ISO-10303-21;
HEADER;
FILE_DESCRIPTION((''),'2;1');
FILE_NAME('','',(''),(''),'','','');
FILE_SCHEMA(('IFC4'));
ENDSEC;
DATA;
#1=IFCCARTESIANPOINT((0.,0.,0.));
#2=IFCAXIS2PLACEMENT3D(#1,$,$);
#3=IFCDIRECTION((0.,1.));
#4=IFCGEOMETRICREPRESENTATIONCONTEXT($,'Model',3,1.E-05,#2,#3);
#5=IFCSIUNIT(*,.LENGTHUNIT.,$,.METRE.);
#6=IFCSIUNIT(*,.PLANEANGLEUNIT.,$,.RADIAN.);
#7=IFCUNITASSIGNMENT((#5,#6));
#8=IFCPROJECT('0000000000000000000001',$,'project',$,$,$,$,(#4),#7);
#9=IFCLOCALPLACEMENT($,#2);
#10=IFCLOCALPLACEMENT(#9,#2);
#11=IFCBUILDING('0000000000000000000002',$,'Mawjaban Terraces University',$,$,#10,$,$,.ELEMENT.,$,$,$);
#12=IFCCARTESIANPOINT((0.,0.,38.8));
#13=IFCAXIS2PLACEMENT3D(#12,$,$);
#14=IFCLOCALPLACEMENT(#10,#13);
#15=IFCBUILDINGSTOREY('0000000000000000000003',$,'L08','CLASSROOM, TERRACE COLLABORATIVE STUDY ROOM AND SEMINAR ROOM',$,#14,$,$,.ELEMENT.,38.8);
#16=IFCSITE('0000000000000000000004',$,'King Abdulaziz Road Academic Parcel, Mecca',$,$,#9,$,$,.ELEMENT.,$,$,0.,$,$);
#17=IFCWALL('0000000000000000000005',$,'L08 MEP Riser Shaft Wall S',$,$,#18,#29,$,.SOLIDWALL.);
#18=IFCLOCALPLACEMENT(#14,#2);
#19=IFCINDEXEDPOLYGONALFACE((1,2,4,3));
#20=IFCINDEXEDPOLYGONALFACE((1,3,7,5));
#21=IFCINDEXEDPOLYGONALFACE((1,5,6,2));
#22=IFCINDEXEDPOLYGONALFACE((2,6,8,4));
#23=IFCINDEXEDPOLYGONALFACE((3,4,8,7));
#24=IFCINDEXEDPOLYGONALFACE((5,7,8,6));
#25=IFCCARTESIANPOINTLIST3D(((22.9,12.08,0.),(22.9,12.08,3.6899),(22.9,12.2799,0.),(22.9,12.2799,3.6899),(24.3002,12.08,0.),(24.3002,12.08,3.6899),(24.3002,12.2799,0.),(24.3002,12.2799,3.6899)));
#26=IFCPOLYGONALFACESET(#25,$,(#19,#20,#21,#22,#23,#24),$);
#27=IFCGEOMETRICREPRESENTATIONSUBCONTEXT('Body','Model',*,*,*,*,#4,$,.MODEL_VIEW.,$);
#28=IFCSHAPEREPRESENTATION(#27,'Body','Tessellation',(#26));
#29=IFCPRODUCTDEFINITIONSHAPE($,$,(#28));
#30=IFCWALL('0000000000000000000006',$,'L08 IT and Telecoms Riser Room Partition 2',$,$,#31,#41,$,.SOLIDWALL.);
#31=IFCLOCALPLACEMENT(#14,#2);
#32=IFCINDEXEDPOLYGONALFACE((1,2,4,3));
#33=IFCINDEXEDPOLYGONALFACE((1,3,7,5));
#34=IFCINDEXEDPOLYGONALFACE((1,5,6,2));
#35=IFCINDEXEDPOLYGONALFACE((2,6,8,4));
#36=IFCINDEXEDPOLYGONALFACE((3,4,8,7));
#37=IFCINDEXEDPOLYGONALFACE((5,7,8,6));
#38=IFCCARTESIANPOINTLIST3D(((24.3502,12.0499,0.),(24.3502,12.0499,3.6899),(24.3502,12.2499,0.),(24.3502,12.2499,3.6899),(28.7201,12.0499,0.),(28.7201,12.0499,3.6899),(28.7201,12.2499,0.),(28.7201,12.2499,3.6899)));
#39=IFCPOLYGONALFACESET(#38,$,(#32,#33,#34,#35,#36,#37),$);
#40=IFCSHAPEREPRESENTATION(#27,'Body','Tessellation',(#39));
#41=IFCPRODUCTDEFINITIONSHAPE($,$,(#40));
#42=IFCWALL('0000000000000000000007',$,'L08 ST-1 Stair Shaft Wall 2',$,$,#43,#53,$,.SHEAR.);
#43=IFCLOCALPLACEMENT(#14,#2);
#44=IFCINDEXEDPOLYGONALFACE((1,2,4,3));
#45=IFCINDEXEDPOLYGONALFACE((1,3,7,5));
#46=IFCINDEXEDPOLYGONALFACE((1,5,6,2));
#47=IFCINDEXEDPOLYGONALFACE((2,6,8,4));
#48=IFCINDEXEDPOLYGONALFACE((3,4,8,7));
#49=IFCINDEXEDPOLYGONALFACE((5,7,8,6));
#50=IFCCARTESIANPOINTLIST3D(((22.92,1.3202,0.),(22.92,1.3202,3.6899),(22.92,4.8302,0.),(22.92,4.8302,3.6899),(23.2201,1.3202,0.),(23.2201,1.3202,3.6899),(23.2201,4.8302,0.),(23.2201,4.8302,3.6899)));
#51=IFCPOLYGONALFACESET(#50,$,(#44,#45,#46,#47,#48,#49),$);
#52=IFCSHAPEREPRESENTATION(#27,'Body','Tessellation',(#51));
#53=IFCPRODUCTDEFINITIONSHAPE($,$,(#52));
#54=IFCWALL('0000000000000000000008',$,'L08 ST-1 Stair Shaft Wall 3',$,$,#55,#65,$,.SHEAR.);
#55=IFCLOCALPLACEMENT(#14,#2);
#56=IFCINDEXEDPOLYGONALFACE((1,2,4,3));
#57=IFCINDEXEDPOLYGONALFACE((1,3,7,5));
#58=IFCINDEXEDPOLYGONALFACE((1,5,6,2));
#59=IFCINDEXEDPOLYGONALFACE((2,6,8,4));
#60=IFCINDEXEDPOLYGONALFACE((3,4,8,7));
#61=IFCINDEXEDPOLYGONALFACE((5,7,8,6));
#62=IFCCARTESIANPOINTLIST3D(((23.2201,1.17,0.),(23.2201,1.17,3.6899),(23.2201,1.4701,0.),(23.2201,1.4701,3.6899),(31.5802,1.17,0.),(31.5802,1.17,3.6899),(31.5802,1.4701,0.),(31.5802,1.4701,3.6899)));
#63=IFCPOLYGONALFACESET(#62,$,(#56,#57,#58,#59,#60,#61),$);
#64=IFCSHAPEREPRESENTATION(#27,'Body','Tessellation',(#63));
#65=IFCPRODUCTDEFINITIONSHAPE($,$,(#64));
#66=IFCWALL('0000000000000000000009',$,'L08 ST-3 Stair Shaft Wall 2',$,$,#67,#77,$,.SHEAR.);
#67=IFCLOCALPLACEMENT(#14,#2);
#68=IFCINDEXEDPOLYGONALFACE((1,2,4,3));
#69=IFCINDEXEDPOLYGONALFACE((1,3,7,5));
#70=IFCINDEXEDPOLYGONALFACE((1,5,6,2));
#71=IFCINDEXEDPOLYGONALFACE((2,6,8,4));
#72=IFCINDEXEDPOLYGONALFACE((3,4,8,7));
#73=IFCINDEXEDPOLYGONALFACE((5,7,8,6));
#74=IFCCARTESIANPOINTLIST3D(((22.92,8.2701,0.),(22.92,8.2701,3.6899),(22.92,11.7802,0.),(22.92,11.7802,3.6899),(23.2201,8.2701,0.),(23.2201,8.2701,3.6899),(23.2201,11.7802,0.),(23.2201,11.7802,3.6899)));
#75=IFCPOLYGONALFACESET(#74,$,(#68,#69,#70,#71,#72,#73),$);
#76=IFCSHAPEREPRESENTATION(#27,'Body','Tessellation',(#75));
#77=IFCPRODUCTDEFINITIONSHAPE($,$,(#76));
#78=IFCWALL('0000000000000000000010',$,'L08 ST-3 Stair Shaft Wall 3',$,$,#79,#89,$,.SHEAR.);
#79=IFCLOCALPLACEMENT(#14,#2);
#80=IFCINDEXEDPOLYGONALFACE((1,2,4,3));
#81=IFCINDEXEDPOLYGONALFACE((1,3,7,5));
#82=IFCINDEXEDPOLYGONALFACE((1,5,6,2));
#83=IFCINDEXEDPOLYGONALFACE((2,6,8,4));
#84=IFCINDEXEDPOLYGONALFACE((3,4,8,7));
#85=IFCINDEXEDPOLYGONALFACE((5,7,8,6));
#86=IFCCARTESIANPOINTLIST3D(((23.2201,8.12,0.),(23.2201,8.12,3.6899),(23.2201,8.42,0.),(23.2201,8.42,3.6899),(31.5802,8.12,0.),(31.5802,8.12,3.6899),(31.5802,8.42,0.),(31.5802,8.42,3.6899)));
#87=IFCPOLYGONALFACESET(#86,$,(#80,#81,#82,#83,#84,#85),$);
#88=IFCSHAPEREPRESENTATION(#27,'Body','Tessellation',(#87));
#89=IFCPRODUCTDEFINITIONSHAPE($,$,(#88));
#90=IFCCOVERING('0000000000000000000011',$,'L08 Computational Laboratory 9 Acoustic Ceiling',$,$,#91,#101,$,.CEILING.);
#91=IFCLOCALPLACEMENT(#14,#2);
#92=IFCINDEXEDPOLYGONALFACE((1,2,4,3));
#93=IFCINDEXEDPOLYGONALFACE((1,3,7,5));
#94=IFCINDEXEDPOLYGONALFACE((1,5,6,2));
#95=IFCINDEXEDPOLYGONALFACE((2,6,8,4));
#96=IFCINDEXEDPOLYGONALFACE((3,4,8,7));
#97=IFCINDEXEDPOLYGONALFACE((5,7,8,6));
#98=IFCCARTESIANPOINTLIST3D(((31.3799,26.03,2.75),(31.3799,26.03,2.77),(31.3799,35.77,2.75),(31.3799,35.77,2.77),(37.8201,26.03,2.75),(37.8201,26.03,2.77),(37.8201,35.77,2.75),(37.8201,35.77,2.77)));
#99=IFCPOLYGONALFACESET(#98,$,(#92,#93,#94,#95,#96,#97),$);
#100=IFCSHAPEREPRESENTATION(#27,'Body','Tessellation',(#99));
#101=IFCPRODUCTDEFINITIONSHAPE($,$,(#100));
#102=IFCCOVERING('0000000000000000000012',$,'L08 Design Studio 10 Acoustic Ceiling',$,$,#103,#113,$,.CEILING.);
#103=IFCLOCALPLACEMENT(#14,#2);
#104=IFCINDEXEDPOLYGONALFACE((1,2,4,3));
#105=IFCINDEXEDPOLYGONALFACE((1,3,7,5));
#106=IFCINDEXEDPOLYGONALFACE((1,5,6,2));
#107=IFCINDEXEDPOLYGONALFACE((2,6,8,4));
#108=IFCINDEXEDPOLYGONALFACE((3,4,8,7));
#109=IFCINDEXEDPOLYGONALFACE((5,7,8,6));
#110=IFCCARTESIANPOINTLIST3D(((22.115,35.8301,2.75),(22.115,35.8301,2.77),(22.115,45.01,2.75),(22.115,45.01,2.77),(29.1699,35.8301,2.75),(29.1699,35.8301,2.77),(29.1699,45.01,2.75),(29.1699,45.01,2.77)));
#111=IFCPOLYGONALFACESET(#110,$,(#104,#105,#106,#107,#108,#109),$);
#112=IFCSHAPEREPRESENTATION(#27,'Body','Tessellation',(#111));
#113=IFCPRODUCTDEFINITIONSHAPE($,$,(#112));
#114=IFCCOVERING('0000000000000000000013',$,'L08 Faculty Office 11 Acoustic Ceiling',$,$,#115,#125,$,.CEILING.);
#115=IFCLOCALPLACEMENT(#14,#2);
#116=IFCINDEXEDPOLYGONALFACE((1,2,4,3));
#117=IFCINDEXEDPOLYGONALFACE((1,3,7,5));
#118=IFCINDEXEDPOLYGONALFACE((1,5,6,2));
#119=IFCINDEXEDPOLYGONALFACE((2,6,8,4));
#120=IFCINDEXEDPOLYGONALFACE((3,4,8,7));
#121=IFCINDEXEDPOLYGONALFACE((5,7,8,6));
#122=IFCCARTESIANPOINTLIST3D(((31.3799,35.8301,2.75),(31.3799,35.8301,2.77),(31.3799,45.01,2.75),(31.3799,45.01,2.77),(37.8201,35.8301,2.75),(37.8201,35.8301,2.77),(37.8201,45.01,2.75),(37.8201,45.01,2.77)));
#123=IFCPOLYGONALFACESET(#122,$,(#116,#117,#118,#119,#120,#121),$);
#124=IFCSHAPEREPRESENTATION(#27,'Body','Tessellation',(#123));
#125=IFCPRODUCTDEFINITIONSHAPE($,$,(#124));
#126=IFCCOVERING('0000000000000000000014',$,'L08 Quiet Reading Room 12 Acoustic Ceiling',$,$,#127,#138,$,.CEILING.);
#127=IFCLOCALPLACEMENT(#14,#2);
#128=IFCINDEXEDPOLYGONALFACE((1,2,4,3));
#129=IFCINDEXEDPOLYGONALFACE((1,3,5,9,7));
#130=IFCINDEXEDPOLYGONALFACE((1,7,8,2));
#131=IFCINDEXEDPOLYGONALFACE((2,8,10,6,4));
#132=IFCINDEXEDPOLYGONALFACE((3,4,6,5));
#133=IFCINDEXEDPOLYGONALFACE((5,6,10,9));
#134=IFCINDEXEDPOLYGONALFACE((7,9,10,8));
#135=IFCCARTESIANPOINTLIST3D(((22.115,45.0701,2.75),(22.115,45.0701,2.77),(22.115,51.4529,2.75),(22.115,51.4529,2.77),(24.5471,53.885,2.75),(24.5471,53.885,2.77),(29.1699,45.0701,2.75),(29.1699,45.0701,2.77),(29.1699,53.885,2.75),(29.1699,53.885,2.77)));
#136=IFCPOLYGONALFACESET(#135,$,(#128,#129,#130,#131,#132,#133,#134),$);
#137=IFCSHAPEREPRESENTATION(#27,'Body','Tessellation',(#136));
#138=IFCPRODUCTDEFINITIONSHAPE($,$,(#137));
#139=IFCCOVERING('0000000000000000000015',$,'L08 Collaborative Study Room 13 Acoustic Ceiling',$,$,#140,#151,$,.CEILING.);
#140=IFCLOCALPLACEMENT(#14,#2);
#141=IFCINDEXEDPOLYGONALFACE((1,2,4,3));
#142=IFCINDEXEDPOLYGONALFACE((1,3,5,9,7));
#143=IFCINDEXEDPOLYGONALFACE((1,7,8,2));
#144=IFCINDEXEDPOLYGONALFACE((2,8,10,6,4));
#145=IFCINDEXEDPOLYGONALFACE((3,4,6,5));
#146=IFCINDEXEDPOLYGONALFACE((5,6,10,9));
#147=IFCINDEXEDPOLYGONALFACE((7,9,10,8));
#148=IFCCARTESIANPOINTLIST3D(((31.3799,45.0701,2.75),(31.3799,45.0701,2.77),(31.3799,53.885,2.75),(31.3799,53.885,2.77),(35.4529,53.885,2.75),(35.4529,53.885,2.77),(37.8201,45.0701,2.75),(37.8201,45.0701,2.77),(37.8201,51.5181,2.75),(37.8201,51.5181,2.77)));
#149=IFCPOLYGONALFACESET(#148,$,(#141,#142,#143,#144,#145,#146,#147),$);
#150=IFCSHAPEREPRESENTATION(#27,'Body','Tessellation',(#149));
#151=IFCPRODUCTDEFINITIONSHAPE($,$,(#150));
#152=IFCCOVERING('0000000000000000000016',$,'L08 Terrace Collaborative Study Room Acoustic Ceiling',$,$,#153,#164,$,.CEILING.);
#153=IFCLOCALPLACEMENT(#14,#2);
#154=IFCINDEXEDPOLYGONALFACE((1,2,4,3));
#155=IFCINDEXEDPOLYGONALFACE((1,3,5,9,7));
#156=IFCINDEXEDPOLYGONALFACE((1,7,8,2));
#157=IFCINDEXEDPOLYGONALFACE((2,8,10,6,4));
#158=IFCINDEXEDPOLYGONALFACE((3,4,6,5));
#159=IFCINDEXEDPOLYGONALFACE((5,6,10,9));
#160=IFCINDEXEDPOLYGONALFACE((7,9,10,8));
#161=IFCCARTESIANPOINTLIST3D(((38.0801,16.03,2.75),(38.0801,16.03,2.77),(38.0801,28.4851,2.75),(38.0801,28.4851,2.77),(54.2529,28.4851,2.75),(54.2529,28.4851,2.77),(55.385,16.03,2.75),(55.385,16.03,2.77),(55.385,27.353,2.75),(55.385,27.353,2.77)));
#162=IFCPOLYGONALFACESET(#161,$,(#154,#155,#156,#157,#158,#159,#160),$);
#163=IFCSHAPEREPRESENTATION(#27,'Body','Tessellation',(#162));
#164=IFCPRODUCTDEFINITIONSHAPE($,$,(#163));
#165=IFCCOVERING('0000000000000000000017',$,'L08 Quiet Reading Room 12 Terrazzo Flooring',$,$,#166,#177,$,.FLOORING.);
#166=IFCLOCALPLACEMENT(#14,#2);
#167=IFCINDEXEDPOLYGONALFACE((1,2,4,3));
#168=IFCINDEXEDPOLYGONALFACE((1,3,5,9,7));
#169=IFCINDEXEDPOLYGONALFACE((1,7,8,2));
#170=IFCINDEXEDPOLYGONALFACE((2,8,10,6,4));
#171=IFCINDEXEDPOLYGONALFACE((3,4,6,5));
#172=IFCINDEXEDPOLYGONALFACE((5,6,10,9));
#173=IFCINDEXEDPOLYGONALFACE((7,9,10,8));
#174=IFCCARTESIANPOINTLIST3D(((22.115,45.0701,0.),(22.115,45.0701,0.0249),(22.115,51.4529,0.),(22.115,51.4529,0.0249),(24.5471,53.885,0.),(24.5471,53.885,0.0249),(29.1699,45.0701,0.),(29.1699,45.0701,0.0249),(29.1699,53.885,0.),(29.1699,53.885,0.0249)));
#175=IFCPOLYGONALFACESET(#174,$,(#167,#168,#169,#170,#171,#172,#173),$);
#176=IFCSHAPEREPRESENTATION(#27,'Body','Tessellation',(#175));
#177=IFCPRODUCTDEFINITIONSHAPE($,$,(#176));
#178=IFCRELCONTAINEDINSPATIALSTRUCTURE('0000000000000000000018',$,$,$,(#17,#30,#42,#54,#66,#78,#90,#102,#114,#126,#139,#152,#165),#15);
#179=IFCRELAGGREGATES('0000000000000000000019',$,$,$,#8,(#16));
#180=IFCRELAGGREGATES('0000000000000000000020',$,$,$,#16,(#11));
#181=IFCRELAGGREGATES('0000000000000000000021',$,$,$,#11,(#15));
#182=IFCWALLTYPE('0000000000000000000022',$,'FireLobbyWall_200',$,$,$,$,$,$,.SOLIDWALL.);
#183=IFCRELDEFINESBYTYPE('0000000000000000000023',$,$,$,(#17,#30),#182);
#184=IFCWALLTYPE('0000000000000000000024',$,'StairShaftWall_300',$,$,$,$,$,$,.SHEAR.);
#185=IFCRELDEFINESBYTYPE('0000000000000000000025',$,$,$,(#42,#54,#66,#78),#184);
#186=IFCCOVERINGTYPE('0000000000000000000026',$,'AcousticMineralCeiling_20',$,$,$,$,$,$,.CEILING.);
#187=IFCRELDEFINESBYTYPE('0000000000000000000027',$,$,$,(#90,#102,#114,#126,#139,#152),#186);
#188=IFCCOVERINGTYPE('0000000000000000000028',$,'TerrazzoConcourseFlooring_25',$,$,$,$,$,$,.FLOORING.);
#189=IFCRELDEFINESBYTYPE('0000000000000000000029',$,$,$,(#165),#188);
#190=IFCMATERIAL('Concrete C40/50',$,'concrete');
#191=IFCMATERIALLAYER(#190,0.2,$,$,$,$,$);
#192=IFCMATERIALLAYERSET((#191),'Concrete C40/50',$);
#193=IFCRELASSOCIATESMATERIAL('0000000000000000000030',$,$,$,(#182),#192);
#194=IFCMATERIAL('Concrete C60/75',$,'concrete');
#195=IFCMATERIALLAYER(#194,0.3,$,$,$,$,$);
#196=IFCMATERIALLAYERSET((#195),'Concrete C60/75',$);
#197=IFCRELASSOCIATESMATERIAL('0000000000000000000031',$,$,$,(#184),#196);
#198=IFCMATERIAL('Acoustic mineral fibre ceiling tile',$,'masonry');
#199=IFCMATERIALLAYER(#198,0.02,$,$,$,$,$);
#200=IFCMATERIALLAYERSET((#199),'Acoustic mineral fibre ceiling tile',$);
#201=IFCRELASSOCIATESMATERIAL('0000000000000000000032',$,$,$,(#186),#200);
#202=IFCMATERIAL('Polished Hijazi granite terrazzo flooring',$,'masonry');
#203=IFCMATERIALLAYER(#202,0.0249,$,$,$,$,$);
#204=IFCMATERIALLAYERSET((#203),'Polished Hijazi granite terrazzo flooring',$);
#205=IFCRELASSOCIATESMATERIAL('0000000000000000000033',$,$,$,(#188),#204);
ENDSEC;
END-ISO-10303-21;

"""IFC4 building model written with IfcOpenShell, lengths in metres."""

from ifc_helpers import new_model, si_unit, direction, frame, frame_2d, origin, place, context, subcontext, project, spatial, polyline, rectangle, outline, extrude, material, layer, layer_set, type_object, element, save


model = new_model("IFC4")

# Units and contexts
model_context = context("Model", 3, precision=1e-05, world=origin(), true_north=direction((0.0, 1.0)))
body_context = subcontext(model_context, "Body", "Model", "MODEL_VIEW")
ifc_project = project(units=[si_unit("LENGTHUNIT", "METRE"), si_unit("PLANEANGLEUNIT", "RADIAN")], contexts=[model_context])

# Site, building, storey
site_placement = place(None, origin())
site = spatial("IfcSite", under=ifc_project, at=site_placement, Name="King Abdulaziz Road Academic Parcel, Mecca", CompositionType="ELEMENT", RefElevation=0.0)
building_placement = place(site_placement, origin())
building = spatial("IfcBuilding", under=site, at=building_placement, Name="Mawjaban Terraces University", CompositionType="ELEMENT")
storey_placement = place(building_placement, frame((0.0, 0.0, 38.8)))
storey = spatial("IfcBuildingStorey", under=building, at=storey_placement, Name="L08", Description="CLASSROOM, TERRACE COLLABORATIVE STUDY ROOM AND SEMINAR ROOM", CompositionType="ELEMENT", Elevation=38.8)

# Walls
ifc_material_1 = material(Name="Concrete C40/50", Category="concrete")
ifc_layer_1 = layer(ifc_material_1, 0.2)
ifc_layer_set_1 = layer_set([ifc_layer_1], Name="Concrete C40/50")
wall_type_1 = type_object("IfcWallType", Name="FireLobbyWall_200", PredefinedType="SOLIDWALL", material=ifc_layer_set_1)
wall_1_placement = place(storey_placement, frame((22.8999, 12.1799, 0.0), z_axis=(0.0, 0.0, 1.0), x_axis=(1.0, 0.0, 0.0)))
element("IfcWall", 1, at=wall_1_placement, inside=storey, type_object=wall_type_1, Name="L08 MEP Riser Shaft Wall S", PredefinedType="SOLIDWALL", context=body_context, shape_type="SweptSolid", body=[
    extrude(rectangle(XDim=1.4001, YDim=0.2, at=frame_2d((0.7002, 0.0))), origin(), (0.0, 0.0, 1.0), 3.6899),
])
wall_2_placement = place(storey_placement, frame((24.3501, 12.1499, 0.0), z_axis=(0.0, 0.0, 1.0), x_axis=(1.0, 0.0, 0.0)))
element("IfcWall", 2, at=wall_2_placement, inside=storey, type_object=wall_type_1, Name="L08 IT and Telecoms Riser Room Partition 2", PredefinedType="SOLIDWALL", context=body_context, shape_type="SweptSolid", body=[
    extrude(rectangle(XDim=4.3699, YDim=0.2, at=frame_2d((2.1851, 0.0))), origin(), (0.0, 0.0, 1.0), 3.6899),
])
ifc_material_2 = material(Name="Concrete C60/75", Category="concrete")
ifc_layer_2 = layer(ifc_material_2, 0.3)
ifc_layer_set_2 = layer_set([ifc_layer_2], Name="Concrete C60/75")
wall_type_2 = type_object("IfcWallType", Name="StairShaftWall_300", PredefinedType="SHEAR", material=ifc_layer_set_2)
wall_3_placement = place(storey_placement, frame((23.0701, 4.8301, 0.0), z_axis=(0.0, 0.0, 1.0), x_axis=(0.0, -1.0, 0.0)))
element("IfcWall", 3, at=wall_3_placement, inside=storey, type_object=wall_type_2, Name="L08 ST-1 Stair Shaft Wall 2", PredefinedType="SHEAR", context=body_context, shape_type="SweptSolid", body=[
    extrude(rectangle(XDim=3.51, YDim=0.3, at=frame_2d((1.7549, 0.0))), origin(), (0.0, 0.0, 1.0), 3.6899),
])
wall_4_placement = place(storey_placement, frame((23.22, 1.3201, 0.0), z_axis=(0.0, 0.0, 1.0), x_axis=(1.0, 0.0, 0.0)))
element("IfcWall", 4, at=wall_4_placement, inside=storey, type_object=wall_type_2, Name="L08 ST-1 Stair Shaft Wall 3", PredefinedType="SHEAR", context=body_context, shape_type="SweptSolid", body=[
    extrude(rectangle(XDim=8.3601, YDim=0.3, at=frame_2d((4.1802, 0.0))), origin(), (0.0, 0.0, 1.0), 3.6899),
])
wall_5_placement = place(storey_placement, frame((23.0701, 11.78, 0.0), z_axis=(0.0, 0.0, 1.0), x_axis=(0.0, -1.0, 0.0)))
element("IfcWall", 5, at=wall_5_placement, inside=storey, type_object=wall_type_2, Name="L08 ST-3 Stair Shaft Wall 2", PredefinedType="SHEAR", context=body_context, shape_type="SweptSolid", body=[
    extrude(rectangle(XDim=3.51, YDim=0.3, at=frame_2d((1.7549, 0.0))), origin(), (0.0, 0.0, 1.0), 3.6899),
])
wall_6_placement = place(storey_placement, frame((23.22, 8.27, 0.0), z_axis=(0.0, 0.0, 1.0), x_axis=(1.0, 0.0, 0.0)))
element("IfcWall", 6, at=wall_6_placement, inside=storey, type_object=wall_type_2, Name="L08 ST-3 Stair Shaft Wall 3", PredefinedType="SHEAR", context=body_context, shape_type="SweptSolid", body=[
    extrude(rectangle(XDim=8.3601, YDim=0.3, at=frame_2d((4.1802, 0.0))), origin(), (0.0, 0.0, 1.0), 3.6899),
])

# Coverings
ifc_material_3 = material(Name="Acoustic mineral fibre ceiling tile", Category="masonry")
ifc_layer_3 = layer(ifc_material_3, 0.02)
ifc_layer_set_3 = layer_set([ifc_layer_3], Name="Acoustic mineral fibre ceiling tile")
covering_type_1 = type_object("IfcCoveringType", Name="AcousticMineralCeiling_20", PredefinedType="CEILING", material=ifc_layer_set_3)
covering_1_placement = place(storey_placement, frame((0.0, 0.0, 2.75)))
element("IfcCovering", 7, at=covering_1_placement, inside=storey, type_object=covering_type_1, Name="L08 Computational Laboratory 9 Acoustic Ceiling", PredefinedType="CEILING", context=body_context, shape_type="SweptSolid", body=[
    extrude(outline(polyline([(37.8201, 26.03), (37.8201, 35.77), (31.3799, 35.77), (31.3799, 26.03), (37.8201, 26.03)])), origin(), (0.0, 0.0, 1.0), 0.02),
])
covering_2_placement = place(storey_placement, frame((0.0, 0.0, 2.75)))
element("IfcCovering", 8, at=covering_2_placement, inside=storey, type_object=covering_type_1, Name="L08 Design Studio 10 Acoustic Ceiling", PredefinedType="CEILING", context=body_context, shape_type="SweptSolid", body=[
    extrude(outline(polyline([(22.115, 45.01), (22.115, 35.8301), (29.1699, 35.8301), (29.1699, 45.01), (22.115, 45.01)])), origin(), (0.0, 0.0, 1.0), 0.02),
])
covering_3_placement = place(storey_placement, frame((0.0, 0.0, 2.75)))
element("IfcCovering", 9, at=covering_3_placement, inside=storey, type_object=covering_type_1, Name="L08 Faculty Office 11 Acoustic Ceiling", PredefinedType="CEILING", context=body_context, shape_type="SweptSolid", body=[
    extrude(outline(polyline([(37.8201, 35.8301), (37.8201, 45.01), (31.3799, 45.01), (31.3799, 35.8301), (37.8201, 35.8301)])), origin(), (0.0, 0.0, 1.0), 0.02),
])
covering_4_placement = place(storey_placement, frame((0.0, 0.0, 2.75)))
element("IfcCovering", 10, at=covering_4_placement, inside=storey, type_object=covering_type_1, Name="L08 Quiet Reading Room 12 Acoustic Ceiling", PredefinedType="CEILING", context=body_context, shape_type="SweptSolid", body=[
    extrude(outline(polyline([(29.1699, 53.885), (24.5471, 53.885), (22.115, 51.4529), (22.115, 45.0701), (29.1699, 45.0701), (29.1699, 53.885)])), origin(), (0.0, 0.0, 1.0), 0.02),
])
covering_5_placement = place(storey_placement, frame((0.0, 0.0, 2.75)))
element("IfcCovering", 11, at=covering_5_placement, inside=storey, type_object=covering_type_1, Name="L08 Collaborative Study Room 13 Acoustic Ceiling", PredefinedType="CEILING", context=body_context, shape_type="SweptSolid", body=[
    extrude(outline(polyline([(37.8201, 51.5181), (35.4529, 53.885), (31.3799, 53.885), (31.3799, 45.0701), (37.8201, 45.0701), (37.8201, 51.5181)])), origin(), (0.0, 0.0, 1.0), 0.02),
])
covering_6_placement = place(storey_placement, frame((0.0, 0.0, 2.75)))
element("IfcCovering", 12, at=covering_6_placement, inside=storey, type_object=covering_type_1, Name="L08 Terrace Collaborative Study Room Acoustic Ceiling", PredefinedType="CEILING", context=body_context, shape_type="SweptSolid", body=[
    extrude(outline(polyline([(55.385, 16.03), (55.385, 27.353), (54.2529, 28.4851), (38.0801, 28.4851), (38.0801, 16.03), (55.385, 16.03)])), origin(), (0.0, 0.0, 1.0), 0.02),
])
ifc_material_4 = material(Name="Polished Hijazi granite terrazzo flooring", Category="masonry")
ifc_layer_4 = layer(ifc_material_4, 0.0249)
ifc_layer_set_4 = layer_set([ifc_layer_4], Name="Polished Hijazi granite terrazzo flooring")
covering_type_2 = type_object("IfcCoveringType", Name="TerrazzoConcourseFlooring_25", PredefinedType="FLOORING", material=ifc_layer_set_4)
covering_7_placement = place(storey_placement, origin())
element("IfcCovering", 13, at=covering_7_placement, inside=storey, type_object=covering_type_2, Name="L08 Quiet Reading Room 12 Terrazzo Flooring", PredefinedType="FLOORING", context=body_context, shape_type="SweptSolid", body=[
    extrude(outline(polyline([(29.1699, 53.885), (24.5471, 53.885), (22.115, 51.4529), (22.115, 45.0701), (29.1699, 45.0701), (29.1699, 53.885)])), origin(), (0.0, 0.0, 1.0), 0.0249),
])

save(model, "model.ifc")
